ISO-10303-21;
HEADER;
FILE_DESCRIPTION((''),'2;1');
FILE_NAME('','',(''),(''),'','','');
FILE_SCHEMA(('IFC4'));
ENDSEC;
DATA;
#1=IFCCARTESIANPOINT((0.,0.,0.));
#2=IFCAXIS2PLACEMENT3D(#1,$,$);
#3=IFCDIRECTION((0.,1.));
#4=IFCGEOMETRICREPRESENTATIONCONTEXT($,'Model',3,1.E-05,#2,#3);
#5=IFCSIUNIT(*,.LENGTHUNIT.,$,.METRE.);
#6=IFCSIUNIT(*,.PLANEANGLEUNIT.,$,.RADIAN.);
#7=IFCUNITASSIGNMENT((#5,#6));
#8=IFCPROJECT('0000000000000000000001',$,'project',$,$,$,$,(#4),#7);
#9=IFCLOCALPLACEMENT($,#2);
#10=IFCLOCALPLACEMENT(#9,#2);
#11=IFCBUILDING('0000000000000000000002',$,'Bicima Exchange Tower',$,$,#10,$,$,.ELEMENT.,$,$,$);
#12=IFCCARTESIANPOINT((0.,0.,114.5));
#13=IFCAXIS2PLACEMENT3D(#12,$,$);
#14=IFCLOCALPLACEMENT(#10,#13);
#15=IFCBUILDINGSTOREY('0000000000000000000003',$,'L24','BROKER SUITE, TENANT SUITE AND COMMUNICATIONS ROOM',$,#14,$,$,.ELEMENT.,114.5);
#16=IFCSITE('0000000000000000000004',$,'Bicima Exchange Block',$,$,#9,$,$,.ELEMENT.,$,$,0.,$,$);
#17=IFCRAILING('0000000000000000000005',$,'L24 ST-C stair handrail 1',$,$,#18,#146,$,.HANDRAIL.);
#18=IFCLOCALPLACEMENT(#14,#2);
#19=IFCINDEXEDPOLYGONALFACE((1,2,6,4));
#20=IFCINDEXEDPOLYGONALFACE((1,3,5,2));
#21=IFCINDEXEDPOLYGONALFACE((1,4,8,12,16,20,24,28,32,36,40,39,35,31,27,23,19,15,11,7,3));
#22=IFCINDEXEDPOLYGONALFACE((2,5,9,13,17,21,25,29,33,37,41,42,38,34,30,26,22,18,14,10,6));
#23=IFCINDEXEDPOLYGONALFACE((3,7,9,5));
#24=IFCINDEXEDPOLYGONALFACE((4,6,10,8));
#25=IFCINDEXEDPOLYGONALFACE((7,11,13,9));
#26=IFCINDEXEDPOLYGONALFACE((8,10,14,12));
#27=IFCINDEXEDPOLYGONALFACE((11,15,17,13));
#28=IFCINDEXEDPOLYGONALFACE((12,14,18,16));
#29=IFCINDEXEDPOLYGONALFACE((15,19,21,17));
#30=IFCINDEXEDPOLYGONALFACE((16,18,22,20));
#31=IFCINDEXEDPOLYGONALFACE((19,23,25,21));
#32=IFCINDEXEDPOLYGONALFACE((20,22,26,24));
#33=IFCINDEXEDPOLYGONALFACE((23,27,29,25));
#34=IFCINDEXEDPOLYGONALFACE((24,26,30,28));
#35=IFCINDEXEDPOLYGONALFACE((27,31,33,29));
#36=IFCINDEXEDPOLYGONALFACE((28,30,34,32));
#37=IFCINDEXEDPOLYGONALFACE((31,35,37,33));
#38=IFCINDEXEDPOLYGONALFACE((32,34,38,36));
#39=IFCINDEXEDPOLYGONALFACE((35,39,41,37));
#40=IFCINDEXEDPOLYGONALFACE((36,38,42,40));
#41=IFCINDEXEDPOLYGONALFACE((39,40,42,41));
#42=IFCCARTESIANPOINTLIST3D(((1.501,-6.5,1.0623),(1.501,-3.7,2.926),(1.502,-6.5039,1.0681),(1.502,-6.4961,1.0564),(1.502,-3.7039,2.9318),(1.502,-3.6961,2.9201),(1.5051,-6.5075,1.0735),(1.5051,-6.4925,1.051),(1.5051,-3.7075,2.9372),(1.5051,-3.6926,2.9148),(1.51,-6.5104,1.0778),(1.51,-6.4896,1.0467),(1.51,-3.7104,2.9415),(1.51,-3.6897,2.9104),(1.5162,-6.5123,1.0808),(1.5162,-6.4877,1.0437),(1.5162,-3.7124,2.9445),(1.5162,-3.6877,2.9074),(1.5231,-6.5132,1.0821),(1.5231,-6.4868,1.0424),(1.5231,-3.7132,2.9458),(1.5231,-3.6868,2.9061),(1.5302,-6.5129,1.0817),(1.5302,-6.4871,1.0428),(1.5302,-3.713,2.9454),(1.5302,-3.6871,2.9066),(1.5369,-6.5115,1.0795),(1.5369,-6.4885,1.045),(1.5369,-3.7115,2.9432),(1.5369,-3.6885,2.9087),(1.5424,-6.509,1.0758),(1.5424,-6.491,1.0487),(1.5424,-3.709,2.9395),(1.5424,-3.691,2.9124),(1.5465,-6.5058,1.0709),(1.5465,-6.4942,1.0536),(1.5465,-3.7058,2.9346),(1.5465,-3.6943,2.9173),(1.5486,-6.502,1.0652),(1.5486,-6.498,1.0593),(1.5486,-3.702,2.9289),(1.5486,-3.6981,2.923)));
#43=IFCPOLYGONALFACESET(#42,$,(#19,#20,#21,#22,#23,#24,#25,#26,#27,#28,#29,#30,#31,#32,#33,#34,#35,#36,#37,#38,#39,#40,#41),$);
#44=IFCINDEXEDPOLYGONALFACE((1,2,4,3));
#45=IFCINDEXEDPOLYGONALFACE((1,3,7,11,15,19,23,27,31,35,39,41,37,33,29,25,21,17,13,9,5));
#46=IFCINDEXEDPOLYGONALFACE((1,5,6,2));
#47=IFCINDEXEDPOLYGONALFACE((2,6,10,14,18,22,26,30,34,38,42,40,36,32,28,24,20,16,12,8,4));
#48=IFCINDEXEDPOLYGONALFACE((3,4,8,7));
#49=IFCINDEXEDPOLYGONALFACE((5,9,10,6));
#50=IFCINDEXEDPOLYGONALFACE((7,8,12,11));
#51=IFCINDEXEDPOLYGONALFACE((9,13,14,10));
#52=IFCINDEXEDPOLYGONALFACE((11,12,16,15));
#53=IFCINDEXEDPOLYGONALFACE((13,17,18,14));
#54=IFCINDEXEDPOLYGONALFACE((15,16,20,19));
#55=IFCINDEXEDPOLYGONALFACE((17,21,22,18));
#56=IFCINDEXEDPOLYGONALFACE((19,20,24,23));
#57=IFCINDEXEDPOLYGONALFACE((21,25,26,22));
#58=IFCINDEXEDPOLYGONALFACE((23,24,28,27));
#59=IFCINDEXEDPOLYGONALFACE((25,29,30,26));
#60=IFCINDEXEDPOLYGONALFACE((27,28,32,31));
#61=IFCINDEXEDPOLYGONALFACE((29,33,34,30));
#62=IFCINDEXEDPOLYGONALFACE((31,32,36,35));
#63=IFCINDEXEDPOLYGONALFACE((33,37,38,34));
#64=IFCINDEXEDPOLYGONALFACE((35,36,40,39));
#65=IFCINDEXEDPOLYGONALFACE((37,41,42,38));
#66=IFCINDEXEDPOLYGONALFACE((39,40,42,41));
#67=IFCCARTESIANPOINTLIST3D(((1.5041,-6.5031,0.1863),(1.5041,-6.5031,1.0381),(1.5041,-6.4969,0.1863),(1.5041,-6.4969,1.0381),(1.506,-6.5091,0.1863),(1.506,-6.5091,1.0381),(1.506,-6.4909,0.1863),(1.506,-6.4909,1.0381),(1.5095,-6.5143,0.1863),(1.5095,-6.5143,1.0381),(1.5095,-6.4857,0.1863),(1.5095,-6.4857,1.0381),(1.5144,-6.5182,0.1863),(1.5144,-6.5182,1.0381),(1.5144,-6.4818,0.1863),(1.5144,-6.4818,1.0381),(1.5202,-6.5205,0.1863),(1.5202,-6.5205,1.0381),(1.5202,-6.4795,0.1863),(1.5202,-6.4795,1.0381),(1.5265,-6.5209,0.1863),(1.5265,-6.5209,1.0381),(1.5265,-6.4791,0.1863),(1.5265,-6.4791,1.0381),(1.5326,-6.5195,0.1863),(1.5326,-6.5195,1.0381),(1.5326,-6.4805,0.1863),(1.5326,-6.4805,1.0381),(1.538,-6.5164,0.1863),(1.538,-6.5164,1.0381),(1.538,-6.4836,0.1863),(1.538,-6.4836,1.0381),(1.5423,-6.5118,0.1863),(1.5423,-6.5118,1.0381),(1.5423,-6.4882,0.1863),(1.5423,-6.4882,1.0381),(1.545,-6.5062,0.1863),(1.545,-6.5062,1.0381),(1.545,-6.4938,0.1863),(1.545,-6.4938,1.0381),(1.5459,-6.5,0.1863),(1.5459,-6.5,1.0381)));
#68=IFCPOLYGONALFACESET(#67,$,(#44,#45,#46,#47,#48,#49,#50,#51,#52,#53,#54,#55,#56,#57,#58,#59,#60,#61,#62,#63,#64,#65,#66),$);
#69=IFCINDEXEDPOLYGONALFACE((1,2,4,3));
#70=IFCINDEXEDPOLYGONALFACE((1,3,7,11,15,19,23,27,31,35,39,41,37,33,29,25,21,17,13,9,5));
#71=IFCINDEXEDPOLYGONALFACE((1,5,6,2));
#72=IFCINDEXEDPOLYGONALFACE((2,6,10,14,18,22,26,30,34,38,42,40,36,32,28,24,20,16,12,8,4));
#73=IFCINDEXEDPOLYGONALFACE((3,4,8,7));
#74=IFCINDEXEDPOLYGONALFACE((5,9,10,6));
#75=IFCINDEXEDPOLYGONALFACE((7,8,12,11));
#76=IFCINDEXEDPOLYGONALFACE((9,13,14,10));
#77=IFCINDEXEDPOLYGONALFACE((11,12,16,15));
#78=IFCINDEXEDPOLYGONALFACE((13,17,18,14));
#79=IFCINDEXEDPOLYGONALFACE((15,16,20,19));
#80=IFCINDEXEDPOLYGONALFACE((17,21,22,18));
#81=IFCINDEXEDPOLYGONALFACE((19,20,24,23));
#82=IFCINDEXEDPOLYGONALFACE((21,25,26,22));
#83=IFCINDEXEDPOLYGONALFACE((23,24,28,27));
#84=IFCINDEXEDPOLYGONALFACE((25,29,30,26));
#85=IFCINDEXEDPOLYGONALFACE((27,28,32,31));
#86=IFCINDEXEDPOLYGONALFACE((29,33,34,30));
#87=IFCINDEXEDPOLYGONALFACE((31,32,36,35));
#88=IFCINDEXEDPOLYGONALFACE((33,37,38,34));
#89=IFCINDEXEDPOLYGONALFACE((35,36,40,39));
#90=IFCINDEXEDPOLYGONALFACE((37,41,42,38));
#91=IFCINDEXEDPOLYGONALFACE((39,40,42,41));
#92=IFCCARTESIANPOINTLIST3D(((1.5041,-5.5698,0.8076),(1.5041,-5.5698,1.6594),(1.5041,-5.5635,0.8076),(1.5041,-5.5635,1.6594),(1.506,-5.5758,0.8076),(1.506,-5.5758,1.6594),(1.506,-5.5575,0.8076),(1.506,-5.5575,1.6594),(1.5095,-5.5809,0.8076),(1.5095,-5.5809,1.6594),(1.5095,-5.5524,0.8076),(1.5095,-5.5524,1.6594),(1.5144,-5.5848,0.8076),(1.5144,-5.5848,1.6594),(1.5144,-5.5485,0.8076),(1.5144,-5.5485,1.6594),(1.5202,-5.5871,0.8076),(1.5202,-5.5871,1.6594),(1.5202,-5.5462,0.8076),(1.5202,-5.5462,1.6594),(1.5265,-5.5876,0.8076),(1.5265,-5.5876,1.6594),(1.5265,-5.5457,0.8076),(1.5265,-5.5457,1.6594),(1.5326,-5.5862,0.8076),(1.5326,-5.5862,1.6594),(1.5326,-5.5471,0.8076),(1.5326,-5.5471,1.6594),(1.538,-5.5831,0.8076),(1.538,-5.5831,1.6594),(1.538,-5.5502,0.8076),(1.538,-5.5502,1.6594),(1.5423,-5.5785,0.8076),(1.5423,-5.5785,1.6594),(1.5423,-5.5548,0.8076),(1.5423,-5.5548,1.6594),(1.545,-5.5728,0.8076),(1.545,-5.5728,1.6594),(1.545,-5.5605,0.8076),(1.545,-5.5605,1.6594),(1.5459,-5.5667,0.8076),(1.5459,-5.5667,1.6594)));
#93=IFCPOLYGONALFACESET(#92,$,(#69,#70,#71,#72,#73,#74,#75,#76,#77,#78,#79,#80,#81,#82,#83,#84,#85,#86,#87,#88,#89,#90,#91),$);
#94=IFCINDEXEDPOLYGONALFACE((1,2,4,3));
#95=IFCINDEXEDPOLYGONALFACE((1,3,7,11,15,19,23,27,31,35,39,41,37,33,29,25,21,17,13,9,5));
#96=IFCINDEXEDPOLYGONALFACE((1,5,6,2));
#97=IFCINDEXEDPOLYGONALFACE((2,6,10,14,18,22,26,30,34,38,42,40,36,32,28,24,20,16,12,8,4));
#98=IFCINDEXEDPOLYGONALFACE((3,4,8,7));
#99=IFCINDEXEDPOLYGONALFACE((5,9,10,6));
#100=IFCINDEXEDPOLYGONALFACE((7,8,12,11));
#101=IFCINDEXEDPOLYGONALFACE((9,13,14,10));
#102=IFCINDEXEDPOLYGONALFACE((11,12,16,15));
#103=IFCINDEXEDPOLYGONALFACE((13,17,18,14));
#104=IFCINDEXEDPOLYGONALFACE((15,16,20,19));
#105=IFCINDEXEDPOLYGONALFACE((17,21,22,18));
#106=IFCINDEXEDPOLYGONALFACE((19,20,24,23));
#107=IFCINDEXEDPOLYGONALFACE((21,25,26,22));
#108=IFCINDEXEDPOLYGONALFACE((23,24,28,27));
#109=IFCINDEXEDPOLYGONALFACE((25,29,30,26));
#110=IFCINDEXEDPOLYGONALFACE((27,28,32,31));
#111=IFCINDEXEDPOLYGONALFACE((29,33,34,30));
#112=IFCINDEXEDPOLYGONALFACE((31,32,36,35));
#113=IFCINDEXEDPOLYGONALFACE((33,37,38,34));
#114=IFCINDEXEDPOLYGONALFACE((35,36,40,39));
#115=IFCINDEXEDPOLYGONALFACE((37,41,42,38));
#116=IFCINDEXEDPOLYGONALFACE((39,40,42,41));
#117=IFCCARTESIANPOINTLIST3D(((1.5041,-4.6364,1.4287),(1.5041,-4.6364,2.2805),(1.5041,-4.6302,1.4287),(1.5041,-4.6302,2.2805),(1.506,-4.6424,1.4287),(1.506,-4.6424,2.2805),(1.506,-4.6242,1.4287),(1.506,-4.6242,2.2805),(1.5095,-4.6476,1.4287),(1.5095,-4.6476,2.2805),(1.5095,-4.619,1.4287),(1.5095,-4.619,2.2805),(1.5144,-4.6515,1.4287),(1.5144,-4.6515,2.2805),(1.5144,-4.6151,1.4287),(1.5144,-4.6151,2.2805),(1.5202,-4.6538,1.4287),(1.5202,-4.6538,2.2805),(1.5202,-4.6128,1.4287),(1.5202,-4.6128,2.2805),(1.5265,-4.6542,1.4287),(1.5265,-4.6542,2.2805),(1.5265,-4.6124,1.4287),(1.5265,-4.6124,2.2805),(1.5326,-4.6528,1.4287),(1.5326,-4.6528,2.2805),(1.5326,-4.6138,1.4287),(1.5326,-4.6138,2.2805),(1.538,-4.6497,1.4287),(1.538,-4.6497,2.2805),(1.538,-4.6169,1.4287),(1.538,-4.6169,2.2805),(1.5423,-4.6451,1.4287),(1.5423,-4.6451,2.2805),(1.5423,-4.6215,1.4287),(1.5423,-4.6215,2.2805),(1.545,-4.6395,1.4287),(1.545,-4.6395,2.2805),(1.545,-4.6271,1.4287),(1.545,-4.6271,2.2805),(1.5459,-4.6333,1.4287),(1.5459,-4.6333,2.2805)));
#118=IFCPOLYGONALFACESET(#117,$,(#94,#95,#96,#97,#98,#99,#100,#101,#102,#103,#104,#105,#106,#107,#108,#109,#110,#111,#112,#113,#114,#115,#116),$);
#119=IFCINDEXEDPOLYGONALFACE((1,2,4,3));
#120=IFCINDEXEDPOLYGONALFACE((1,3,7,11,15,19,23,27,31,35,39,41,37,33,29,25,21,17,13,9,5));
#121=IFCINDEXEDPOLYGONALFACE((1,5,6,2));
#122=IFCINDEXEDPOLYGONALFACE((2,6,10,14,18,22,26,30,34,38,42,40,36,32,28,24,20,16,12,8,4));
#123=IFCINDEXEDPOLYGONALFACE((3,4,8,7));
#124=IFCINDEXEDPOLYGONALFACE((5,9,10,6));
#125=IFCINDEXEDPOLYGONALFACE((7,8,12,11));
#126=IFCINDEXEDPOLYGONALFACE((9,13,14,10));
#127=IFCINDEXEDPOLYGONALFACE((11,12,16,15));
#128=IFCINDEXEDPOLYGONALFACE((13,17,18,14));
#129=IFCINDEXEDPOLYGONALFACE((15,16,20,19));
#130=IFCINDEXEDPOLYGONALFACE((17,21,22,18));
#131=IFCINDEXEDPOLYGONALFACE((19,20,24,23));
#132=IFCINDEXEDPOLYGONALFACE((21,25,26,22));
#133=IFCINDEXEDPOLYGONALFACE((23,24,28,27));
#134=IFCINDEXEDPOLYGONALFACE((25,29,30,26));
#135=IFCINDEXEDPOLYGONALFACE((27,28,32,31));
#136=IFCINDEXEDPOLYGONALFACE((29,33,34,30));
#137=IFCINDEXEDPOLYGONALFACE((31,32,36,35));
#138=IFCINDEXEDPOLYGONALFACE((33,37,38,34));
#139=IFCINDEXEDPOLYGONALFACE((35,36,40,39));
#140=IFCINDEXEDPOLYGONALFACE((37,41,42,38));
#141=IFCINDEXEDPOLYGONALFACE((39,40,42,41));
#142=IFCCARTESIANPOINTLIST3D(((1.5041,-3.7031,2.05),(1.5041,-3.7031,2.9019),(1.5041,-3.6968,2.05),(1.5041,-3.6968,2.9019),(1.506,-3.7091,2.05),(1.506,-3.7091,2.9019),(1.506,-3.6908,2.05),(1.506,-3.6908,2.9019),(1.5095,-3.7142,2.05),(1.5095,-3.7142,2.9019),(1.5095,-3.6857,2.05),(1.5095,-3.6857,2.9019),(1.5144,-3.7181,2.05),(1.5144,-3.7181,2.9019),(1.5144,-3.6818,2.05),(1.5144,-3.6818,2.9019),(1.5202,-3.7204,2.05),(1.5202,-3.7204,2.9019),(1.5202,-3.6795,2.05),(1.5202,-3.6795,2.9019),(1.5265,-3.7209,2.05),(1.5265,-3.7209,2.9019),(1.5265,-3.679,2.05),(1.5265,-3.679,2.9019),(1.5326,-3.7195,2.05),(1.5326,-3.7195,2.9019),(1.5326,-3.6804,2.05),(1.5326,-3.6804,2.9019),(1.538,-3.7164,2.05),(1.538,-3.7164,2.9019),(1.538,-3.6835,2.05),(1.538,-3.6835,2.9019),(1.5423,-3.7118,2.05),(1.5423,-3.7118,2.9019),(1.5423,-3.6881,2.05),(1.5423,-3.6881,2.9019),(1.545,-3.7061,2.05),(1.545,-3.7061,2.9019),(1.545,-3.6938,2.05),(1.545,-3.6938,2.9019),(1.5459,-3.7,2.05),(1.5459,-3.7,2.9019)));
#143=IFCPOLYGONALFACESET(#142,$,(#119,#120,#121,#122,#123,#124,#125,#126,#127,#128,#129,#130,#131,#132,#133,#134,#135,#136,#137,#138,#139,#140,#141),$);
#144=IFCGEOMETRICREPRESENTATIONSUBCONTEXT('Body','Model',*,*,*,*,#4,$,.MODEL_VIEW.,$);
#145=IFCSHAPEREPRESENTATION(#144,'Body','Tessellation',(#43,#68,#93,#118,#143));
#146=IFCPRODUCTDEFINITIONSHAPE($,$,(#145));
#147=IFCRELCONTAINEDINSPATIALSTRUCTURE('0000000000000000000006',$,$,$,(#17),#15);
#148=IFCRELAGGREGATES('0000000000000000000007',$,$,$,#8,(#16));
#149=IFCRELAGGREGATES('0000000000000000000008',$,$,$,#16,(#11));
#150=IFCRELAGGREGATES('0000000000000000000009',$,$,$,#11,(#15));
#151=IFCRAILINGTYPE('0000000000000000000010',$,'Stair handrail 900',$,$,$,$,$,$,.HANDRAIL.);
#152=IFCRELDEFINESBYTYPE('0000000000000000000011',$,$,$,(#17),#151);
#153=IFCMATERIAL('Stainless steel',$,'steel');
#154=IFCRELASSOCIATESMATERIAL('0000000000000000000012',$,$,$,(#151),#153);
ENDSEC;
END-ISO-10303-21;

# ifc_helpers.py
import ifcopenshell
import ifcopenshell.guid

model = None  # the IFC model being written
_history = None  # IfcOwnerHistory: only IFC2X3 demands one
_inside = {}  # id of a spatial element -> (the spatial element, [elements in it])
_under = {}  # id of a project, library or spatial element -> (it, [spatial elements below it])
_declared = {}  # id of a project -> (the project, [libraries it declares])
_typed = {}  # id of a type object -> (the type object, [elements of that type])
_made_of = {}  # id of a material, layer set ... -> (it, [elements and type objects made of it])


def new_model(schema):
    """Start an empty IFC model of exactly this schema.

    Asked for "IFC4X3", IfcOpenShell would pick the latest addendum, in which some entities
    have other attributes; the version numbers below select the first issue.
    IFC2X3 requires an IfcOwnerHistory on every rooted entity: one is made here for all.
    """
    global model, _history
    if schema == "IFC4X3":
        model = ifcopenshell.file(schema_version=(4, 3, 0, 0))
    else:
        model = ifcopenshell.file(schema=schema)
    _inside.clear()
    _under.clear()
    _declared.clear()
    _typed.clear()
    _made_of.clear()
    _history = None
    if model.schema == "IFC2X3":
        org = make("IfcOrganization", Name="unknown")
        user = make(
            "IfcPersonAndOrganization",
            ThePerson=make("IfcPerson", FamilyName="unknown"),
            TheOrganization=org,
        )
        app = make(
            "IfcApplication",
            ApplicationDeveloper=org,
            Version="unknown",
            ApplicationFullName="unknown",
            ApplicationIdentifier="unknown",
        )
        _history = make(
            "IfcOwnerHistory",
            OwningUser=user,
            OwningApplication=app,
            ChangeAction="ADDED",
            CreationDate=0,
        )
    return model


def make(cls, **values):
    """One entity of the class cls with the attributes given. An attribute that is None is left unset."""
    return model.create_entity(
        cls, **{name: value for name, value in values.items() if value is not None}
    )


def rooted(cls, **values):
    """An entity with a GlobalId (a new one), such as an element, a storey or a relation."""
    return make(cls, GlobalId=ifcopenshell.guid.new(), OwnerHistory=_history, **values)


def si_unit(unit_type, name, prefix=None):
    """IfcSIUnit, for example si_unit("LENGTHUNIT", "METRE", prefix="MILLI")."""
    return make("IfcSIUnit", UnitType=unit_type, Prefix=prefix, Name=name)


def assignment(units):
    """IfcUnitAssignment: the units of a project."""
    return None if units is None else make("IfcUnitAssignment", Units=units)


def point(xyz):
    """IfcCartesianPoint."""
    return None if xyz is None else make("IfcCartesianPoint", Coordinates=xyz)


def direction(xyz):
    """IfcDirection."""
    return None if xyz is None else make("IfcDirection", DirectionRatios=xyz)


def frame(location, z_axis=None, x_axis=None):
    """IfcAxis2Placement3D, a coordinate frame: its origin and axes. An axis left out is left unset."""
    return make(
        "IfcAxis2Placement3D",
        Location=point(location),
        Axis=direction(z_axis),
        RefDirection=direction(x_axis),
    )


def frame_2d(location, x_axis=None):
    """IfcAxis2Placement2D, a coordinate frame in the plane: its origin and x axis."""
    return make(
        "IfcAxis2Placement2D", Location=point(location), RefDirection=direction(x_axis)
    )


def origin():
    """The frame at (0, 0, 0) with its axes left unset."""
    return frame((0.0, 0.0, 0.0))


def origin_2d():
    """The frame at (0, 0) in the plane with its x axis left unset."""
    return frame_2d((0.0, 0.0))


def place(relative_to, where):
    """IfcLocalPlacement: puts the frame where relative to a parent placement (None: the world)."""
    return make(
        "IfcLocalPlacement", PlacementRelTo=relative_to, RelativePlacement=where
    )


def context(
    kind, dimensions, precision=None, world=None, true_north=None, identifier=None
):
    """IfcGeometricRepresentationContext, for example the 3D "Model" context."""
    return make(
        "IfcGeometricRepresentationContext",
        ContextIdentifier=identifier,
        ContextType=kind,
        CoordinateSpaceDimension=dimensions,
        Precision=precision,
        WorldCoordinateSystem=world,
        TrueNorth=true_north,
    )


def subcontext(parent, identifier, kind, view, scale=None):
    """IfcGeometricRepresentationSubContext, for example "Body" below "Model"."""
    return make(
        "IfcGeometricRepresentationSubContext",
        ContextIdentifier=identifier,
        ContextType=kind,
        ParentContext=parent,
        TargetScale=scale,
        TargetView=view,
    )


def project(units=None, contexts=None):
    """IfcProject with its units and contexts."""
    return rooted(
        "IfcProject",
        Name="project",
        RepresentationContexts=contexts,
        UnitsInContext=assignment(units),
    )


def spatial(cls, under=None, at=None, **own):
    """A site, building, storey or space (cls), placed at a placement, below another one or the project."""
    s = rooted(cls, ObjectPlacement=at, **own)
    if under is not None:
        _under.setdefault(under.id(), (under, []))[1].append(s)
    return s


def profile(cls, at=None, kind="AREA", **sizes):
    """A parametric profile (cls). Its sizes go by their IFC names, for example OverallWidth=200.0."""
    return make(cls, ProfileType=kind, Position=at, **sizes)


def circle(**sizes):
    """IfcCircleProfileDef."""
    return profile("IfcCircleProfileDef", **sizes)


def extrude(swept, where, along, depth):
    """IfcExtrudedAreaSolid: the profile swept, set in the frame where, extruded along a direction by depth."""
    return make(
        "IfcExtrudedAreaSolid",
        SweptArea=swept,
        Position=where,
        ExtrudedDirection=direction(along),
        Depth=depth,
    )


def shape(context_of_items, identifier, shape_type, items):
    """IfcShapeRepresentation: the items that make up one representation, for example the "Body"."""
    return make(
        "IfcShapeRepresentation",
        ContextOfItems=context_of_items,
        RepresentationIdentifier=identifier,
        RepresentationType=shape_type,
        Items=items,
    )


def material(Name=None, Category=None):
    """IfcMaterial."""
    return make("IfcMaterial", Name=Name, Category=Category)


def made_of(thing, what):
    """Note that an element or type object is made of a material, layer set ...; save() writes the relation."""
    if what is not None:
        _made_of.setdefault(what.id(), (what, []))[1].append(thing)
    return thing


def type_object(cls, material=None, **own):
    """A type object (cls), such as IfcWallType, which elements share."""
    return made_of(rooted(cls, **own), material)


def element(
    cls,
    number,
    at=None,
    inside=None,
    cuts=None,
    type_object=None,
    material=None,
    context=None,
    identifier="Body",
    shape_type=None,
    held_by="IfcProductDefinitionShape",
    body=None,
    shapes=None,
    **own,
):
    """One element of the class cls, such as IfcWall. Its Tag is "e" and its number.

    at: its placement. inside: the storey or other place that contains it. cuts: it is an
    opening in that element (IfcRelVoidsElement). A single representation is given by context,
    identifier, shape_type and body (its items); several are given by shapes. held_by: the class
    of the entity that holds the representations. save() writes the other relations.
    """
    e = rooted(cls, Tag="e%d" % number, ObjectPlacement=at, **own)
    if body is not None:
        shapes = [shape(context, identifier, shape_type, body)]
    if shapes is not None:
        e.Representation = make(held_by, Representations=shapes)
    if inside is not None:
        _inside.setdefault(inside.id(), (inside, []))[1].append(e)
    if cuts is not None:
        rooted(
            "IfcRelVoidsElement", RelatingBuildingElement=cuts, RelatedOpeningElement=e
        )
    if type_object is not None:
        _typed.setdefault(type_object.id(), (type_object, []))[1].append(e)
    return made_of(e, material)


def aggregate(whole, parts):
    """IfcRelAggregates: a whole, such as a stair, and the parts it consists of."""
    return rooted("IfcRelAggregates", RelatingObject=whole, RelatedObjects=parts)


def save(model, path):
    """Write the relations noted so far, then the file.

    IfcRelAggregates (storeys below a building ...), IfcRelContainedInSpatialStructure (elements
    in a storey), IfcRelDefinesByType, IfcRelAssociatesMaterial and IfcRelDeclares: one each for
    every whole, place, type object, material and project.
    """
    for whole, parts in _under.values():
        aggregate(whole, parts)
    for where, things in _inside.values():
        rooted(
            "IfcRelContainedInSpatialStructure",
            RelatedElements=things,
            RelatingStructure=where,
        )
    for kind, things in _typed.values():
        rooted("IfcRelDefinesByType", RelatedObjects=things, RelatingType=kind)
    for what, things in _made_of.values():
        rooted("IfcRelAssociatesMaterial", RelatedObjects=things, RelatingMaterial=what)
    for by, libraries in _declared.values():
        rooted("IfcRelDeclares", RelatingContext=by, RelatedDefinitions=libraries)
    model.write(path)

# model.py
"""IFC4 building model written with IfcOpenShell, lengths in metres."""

from ifc_helpers import new_model, si_unit, direction, frame, origin, origin_2d, place, context, subcontext, project, spatial, circle, extrude, material, type_object, element, save


model = new_model("IFC4")

# Units and contexts
model_context = context("Model", 3, precision=1e-05, world=origin(), true_north=direction((0.0, 1.0)))
body_context = subcontext(model_context, "Body", "Model", "MODEL_VIEW")
ifc_project = project(units=[si_unit("LENGTHUNIT", "METRE"), si_unit("PLANEANGLEUNIT", "RADIAN")], contexts=[model_context])

# Site, building, storey
site_placement = place(None, origin())
site = spatial("IfcSite", under=ifc_project, at=site_placement, Name="Bicima Exchange Block", CompositionType="ELEMENT", RefElevation=0.0)
building_placement = place(site_placement, origin())
building = spatial("IfcBuilding", under=site, at=building_placement, Name="Bicima Exchange Tower", CompositionType="ELEMENT")
storey_placement = place(building_placement, frame((0.0, 0.0, 114.5)))
storey = spatial("IfcBuildingStorey", under=building, at=storey_placement, Name="L24", Description="BROKER SUITE, TENANT SUITE AND COMMUNICATIONS ROOM", CompositionType="ELEMENT", Elevation=114.5)

# Shared definitions
ifc_material_1 = material(Name="Stainless steel", Category="steel")

# Railing
railing_type_1 = type_object("IfcRailingType", Name="Stair handrail 900", PredefinedType="HANDRAIL", material=ifc_material_1)
railing_1_placement = place(storey_placement, frame((1.5249, -6.5, 0.1863)))
element("IfcRailing", 1, at=railing_1_placement, inside=storey, type_object=railing_type_1, Name="L24 ST-C stair handrail 1", PredefinedType="HANDRAIL", context=body_context, shape_type="SweptSolid", body=[
    extrude(circle(Radius=0.0239, at=origin_2d()), frame((0.0, 0.0, 0.876), z_axis=(0.0, 0.832452, 0.554097), x_axis=(-1.0, 0.0, 0.0)), (0.0, 0.0, 1.0), 3.3635),
    extrude(circle(Radius=0.021, at=origin_2d()), origin(), (0.0, 0.0, 1.0), 0.8518),
    extrude(circle(Radius=0.021, at=origin_2d()), frame((0.0, 0.9333, 0.6213)), (0.0, 0.0, 1.0), 0.8518),
    extrude(circle(Radius=0.021, at=origin_2d()), frame((0.0, 1.8667, 1.2424)), (0.0, 0.0, 1.0), 0.8518),
    extrude(circle(Radius=0.021, at=origin_2d()), frame((0.0, 2.8, 1.8638)), (0.0, 0.0, 1.0), 0.8518),
])

save(model, "model.ifc")
